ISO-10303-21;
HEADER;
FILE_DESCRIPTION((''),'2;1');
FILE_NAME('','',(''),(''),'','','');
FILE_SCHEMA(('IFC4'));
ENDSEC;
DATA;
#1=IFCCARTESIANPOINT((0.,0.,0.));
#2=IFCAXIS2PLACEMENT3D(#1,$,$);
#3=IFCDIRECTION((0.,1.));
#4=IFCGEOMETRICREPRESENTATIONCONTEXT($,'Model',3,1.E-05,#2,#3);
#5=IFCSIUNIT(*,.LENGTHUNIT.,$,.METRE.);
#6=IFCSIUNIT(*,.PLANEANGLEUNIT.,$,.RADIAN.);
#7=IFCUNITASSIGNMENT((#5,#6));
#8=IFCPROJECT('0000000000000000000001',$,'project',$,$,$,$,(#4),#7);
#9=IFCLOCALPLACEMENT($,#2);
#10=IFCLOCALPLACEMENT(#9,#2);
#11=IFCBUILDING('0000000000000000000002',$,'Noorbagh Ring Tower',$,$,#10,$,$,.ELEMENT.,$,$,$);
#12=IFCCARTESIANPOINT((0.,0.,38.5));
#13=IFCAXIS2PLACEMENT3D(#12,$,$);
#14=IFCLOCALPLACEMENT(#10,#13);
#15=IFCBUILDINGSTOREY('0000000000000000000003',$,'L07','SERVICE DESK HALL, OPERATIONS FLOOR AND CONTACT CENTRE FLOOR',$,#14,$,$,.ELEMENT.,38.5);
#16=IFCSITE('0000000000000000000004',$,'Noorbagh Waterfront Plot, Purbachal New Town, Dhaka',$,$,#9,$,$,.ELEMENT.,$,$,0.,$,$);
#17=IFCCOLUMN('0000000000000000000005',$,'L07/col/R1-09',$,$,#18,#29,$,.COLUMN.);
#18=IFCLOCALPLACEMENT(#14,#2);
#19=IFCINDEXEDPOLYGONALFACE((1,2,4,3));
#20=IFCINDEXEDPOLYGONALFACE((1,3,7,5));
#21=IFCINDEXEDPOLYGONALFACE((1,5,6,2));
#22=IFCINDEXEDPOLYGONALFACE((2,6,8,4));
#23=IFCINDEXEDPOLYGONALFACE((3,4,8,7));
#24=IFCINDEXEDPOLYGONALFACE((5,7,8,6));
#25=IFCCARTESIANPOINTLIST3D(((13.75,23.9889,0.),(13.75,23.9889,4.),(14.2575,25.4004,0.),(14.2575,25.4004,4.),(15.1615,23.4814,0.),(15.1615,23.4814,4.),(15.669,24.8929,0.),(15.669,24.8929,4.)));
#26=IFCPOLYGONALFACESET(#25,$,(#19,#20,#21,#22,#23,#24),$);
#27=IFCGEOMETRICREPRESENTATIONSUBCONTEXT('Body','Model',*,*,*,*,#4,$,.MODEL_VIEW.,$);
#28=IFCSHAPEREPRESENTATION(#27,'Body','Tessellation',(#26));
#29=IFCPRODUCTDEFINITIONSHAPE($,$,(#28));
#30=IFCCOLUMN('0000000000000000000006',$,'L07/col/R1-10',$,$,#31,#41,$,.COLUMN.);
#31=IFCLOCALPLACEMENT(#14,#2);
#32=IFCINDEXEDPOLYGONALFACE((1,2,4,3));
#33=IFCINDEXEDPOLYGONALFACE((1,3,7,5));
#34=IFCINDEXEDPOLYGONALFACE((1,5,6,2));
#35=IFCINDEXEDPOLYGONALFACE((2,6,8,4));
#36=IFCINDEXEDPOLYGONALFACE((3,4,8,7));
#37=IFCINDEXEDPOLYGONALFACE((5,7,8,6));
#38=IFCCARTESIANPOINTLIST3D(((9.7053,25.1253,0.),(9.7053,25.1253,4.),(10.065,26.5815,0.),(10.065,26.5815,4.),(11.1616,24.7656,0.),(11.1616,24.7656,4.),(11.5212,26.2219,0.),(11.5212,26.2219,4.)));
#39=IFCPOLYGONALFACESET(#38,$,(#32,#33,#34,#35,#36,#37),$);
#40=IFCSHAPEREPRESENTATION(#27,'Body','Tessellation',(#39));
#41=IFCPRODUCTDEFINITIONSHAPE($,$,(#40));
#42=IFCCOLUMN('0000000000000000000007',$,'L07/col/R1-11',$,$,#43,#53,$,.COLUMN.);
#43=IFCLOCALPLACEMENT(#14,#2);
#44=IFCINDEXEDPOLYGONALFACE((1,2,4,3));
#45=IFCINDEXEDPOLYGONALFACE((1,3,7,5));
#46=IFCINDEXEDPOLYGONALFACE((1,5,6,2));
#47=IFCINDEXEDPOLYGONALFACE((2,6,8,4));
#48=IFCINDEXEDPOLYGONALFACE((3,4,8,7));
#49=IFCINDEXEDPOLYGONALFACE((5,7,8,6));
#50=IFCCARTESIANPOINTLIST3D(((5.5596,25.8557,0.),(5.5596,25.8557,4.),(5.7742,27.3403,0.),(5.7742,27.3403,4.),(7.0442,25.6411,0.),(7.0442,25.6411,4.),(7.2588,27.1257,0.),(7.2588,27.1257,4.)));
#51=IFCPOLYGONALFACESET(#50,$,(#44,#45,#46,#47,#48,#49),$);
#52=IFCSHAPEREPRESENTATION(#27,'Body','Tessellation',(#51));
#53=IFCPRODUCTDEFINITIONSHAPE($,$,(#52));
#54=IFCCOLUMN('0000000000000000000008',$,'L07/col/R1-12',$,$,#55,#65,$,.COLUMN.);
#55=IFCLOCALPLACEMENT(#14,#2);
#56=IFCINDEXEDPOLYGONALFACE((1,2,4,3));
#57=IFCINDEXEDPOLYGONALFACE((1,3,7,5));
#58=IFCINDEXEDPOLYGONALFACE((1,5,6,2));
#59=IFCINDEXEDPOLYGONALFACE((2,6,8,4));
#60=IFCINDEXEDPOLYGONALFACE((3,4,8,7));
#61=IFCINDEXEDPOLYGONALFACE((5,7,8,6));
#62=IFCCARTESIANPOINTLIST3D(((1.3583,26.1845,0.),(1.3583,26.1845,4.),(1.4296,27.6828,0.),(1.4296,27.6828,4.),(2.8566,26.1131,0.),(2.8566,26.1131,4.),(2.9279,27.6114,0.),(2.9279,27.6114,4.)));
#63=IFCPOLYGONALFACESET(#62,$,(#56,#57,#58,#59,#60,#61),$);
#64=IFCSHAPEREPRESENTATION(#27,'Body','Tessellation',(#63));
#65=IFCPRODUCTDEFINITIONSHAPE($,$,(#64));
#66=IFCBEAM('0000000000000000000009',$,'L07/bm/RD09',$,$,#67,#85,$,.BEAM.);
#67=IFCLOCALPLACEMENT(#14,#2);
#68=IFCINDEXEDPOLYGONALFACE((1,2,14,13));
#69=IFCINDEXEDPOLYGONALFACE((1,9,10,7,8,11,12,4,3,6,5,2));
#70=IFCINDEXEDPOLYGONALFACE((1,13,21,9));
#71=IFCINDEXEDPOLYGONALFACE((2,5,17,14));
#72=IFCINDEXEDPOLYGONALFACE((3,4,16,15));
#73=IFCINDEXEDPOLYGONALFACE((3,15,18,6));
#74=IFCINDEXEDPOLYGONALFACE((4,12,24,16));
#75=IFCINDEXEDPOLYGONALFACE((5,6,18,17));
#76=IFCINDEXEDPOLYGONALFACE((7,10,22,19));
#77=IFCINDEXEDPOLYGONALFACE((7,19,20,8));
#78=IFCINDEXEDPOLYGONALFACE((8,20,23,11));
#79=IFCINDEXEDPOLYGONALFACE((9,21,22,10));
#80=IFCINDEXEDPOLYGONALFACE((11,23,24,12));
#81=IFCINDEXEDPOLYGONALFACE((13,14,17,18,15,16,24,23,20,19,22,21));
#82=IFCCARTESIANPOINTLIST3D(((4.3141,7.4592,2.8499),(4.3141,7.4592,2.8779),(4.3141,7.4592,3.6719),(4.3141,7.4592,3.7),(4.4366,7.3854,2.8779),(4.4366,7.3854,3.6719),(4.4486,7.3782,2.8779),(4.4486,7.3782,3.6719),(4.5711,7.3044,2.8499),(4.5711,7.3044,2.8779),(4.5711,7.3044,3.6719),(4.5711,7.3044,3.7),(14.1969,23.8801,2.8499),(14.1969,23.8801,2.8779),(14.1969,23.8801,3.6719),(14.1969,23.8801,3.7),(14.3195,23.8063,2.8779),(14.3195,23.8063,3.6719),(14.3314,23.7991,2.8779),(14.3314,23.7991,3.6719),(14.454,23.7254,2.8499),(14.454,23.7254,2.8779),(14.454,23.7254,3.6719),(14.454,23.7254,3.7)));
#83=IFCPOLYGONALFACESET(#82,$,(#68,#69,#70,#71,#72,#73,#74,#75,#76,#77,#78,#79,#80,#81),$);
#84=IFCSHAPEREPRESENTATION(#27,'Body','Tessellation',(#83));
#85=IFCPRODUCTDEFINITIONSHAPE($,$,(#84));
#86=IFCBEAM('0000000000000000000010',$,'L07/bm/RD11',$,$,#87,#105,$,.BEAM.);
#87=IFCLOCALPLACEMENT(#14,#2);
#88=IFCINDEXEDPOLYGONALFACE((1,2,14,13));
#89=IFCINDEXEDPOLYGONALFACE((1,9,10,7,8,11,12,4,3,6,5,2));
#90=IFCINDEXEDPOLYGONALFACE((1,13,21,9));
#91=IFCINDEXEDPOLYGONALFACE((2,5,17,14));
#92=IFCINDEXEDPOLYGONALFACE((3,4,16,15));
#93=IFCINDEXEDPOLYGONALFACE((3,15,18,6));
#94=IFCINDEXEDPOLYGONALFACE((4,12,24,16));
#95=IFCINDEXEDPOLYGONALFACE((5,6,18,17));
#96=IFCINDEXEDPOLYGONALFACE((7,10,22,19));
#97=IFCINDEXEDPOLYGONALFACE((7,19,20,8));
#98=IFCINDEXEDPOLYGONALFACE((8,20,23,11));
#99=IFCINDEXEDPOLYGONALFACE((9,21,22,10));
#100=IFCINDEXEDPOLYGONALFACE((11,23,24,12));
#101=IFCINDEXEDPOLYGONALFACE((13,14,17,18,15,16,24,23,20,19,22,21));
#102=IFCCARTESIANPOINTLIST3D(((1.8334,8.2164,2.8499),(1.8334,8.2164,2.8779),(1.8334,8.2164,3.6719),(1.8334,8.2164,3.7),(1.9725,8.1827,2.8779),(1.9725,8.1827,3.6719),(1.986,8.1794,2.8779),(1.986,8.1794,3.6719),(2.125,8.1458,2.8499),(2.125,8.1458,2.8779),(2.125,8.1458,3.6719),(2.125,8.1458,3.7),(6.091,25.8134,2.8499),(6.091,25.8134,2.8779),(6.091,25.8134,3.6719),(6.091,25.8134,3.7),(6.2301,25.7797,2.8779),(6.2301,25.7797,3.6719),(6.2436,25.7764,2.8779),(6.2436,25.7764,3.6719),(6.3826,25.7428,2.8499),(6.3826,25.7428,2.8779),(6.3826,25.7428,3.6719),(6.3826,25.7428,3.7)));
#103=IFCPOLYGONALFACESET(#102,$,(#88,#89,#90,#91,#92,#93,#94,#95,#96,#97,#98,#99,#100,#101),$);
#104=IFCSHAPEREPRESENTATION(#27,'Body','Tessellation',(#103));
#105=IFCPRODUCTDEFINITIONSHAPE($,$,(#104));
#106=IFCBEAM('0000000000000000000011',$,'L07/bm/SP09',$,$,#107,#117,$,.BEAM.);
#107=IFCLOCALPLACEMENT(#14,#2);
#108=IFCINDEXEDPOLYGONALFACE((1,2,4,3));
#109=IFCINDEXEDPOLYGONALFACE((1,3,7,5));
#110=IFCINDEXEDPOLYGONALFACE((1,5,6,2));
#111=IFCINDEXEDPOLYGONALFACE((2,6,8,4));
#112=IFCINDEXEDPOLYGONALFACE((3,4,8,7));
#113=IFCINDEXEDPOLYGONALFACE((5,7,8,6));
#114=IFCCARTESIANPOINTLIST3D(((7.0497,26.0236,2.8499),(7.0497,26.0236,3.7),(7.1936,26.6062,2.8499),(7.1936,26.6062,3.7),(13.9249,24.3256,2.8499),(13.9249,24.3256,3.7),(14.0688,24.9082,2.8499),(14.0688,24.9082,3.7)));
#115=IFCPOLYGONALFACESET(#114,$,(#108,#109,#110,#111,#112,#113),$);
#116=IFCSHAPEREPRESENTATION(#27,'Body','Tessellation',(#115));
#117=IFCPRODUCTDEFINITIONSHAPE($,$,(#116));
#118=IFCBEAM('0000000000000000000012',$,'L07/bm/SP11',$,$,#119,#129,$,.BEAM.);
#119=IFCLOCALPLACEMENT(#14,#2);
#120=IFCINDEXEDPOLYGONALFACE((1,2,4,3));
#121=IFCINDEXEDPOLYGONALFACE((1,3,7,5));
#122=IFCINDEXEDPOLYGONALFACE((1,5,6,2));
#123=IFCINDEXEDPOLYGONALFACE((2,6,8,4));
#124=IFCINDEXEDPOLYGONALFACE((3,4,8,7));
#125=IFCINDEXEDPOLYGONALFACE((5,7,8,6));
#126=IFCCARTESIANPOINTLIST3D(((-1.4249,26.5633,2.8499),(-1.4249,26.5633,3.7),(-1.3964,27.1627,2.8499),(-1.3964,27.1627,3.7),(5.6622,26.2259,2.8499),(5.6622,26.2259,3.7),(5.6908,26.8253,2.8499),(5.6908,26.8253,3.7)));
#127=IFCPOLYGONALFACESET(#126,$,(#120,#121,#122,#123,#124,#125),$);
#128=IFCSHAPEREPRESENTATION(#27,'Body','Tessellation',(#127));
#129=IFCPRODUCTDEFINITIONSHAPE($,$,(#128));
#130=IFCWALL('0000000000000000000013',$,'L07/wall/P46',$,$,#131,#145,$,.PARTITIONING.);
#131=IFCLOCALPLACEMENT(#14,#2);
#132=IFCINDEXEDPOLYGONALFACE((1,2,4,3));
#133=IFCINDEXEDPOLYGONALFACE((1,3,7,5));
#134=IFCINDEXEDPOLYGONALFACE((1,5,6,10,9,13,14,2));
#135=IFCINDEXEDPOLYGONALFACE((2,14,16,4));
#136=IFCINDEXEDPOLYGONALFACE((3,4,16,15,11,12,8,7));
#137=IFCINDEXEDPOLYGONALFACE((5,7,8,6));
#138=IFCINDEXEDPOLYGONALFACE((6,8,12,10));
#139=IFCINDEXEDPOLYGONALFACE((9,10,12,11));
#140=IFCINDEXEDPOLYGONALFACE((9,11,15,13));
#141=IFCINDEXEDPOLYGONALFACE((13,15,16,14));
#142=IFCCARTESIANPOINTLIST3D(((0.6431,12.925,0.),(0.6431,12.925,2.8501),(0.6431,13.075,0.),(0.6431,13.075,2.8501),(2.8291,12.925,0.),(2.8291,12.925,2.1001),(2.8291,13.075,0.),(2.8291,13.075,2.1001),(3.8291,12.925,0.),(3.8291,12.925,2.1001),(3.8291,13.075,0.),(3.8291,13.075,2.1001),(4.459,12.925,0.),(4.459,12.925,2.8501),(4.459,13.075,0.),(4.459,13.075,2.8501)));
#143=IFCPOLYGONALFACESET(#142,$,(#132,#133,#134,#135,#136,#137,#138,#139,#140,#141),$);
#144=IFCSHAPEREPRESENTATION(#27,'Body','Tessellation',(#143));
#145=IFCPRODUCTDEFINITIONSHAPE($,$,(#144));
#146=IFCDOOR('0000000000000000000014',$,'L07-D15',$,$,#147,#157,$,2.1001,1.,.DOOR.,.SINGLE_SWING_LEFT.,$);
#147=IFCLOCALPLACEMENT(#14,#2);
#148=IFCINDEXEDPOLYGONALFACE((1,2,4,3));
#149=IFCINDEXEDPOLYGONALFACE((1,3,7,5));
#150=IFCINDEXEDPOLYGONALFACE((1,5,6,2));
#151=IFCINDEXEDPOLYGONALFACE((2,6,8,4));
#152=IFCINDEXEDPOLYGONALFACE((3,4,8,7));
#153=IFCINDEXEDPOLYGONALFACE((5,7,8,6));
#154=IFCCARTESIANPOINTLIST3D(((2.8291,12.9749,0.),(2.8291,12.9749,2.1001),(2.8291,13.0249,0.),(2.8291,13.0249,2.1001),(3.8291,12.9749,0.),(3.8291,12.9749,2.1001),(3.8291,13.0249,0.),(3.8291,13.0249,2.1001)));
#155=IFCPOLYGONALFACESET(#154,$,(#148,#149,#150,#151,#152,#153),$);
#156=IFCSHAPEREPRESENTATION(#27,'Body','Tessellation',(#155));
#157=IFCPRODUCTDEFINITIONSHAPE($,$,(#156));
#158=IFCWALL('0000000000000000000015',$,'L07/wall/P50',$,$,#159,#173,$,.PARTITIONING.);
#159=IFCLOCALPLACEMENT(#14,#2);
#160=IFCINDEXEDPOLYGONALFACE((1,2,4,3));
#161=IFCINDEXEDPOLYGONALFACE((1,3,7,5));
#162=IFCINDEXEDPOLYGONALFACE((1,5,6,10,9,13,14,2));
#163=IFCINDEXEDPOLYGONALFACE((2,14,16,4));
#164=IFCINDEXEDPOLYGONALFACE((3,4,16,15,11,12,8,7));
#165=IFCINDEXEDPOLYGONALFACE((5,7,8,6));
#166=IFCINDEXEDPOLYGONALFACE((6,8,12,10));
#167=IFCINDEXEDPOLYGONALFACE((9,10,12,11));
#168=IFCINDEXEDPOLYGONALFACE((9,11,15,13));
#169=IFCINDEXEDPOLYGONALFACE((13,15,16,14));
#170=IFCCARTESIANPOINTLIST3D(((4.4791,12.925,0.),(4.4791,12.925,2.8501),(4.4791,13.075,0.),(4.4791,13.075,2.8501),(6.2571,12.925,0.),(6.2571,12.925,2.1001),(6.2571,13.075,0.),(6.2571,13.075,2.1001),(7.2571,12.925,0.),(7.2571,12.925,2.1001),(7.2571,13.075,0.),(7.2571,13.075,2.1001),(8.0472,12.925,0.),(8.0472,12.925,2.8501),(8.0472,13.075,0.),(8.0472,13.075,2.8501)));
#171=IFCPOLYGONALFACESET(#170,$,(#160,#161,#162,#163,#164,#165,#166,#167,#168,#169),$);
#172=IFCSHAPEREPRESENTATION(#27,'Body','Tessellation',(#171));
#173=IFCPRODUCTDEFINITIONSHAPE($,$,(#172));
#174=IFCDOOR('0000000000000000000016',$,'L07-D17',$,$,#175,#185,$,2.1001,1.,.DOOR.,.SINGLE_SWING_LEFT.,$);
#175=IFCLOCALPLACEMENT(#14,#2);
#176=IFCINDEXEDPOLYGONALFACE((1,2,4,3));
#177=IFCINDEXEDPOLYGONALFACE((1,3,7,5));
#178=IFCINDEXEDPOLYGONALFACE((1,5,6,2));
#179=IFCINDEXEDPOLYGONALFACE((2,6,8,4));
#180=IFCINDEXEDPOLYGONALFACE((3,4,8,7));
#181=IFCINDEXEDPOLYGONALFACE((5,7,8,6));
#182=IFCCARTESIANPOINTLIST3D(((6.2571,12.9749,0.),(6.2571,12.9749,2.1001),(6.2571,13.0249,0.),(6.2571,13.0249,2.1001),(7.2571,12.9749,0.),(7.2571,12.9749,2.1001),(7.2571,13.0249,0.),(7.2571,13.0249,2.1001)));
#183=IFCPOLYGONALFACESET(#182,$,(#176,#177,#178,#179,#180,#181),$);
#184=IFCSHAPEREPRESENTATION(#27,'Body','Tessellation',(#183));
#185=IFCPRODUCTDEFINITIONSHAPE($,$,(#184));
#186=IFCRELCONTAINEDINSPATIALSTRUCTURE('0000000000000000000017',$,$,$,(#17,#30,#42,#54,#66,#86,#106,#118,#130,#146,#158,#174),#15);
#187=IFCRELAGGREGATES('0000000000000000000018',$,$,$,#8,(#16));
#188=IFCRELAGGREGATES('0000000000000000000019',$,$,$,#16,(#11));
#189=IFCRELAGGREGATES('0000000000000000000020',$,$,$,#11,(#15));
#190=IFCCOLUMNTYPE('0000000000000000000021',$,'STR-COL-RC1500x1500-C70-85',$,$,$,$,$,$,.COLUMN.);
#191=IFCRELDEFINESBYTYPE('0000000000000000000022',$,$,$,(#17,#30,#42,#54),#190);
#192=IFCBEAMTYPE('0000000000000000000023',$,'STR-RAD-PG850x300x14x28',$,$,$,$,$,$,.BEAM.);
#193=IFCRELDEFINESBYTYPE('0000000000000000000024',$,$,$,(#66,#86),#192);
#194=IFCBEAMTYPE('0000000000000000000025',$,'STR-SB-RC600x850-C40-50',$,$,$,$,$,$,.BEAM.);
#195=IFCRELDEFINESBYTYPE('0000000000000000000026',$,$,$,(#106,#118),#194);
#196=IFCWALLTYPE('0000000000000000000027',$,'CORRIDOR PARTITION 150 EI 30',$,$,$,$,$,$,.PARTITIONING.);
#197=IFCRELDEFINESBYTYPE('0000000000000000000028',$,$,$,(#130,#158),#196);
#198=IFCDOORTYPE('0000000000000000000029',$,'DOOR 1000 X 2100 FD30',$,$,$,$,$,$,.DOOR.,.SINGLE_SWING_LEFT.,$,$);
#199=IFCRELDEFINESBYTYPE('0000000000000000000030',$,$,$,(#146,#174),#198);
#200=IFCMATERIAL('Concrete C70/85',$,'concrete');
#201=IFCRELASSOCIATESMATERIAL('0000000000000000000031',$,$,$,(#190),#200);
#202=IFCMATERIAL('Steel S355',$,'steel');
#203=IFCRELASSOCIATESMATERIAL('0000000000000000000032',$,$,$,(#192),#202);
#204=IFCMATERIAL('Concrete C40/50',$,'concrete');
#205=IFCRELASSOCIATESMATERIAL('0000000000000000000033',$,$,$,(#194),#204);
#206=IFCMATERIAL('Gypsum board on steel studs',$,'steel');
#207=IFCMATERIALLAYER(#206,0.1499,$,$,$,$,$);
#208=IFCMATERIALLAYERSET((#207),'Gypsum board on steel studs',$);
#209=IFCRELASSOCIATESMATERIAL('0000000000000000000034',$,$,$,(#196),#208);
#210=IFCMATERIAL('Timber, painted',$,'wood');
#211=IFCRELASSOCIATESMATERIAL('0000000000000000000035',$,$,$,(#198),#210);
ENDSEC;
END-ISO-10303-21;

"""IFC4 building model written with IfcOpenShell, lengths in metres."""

from ifc_helpers import new_model, si_unit, direction, frame, frame_2d, origin, origin_2d, place, context, subcontext, project, spatial, rectangle, i_section, extrude, material, layer, layer_set, material_profile, profile_set, type_object, element, fill, save


model = new_model("IFC4")

# Units and contexts
model_context = context("Model", 3, precision=1e-05, world=origin(), true_north=direction((0.0, 1.0)))
body_context = subcontext(model_context, "Body", "Model", "MODEL_VIEW")
ifc_project = project(units=[si_unit("LENGTHUNIT", "METRE"), si_unit("PLANEANGLEUNIT", "RADIAN")], contexts=[model_context])

# Site, building, storey
site_placement = place(None, origin())
site = spatial("IfcSite", under=ifc_project, at=site_placement, Name="Noorbagh Waterfront Plot, Purbachal New Town, Dhaka", CompositionType="ELEMENT", RefElevation=0.0)
building_placement = place(site_placement, origin())
building = spatial("IfcBuilding", under=site, at=building_placement, Name="Noorbagh Ring Tower", CompositionType="ELEMENT")
storey_placement = place(building_placement, frame((0.0, 0.0, 38.5)))
storey = spatial("IfcBuildingStorey", under=building, at=storey_placement, Name="L07", Description="SERVICE DESK HALL, OPERATIONS FLOOR AND CONTACT CENTRE FLOOR", CompositionType="ELEMENT", Elevation=38.5)

# Columns
ifc_material_1 = material(Name="Concrete C70/85", Category="concrete")
ifc_material_profile_1 = material_profile(ifc_material_1, rectangle(XDim=1.5, YDim=1.5, at=origin_2d()), Name="RC1500x1500")
ifc_profile_set_1 = profile_set([ifc_material_profile_1], Name="Concrete C70/85")
column_type = type_object("IfcColumnType", Name="STR-COL-RC1500x1500-C70-85", PredefinedType="COLUMN", material=ifc_profile_set_1)
for number, where, z_axis, x_axis, name in (
    (1, (14.7095, 24.4409, 0.0), (0.0, 0.0, 1.0), (-0.941025, 0.338338, 0.0), "L07/col/R1-09"),
    (2, (10.6133, 25.6736, 0.0), (0.0, 0.0, 1.0), (-0.970829, 0.239771, 0.0), "L07/col/R1-10"),
    (3, (6.4092, 26.4907, 0.0), (0.0, 0.0, 1.0), (-0.989713, 0.143066, 0.0), "L07/col/R1-11"),
    (4, (2.1431, 26.8979, 0.0), (0.0, 0.0, 1.0), (-0.998869, 0.047553, 0.0), "L07/col/R1-12"),
):
    element("IfcColumn", number, at=place(storey_placement, frame(where, z_axis=z_axis, x_axis=x_axis)), inside=storey, type_object=column_type, Name=name, PredefinedType="COLUMN", context=body_context, shape_type="SweptSolid", body=[
        extrude(rectangle(XDim=1.5, YDim=1.5, at=origin_2d()), origin(), (0.0, 0.0, 1.0), 4.0),
    ])

# Beams
ifc_material_2 = material(Name="Steel S355", Category="steel")
ifc_material_profile_2 = material_profile(ifc_material_2, i_section(OverallWidth=0.3, OverallDepth=0.8501, WebThickness=0.0139, FlangeThickness=0.0281, at=origin_2d()), Name="PG850x300x14x28")
ifc_profile_set_2 = profile_set([ifc_material_profile_2], Name="Steel S355")
beam_type_1 = type_object("IfcBeamType", Name="STR-RAD-PG850x300x14x28", PredefinedType="BEAM", material=ifc_profile_set_2)
beam_1_placement = place(storey_placement, frame((14.3254, 23.8027, 3.2749), z_axis=(-0.515657, -0.856795, 0.0), x_axis=(0.856795, -0.515657, 0.0)))
element("IfcBeam", 5, at=beam_1_placement, inside=storey, type_object=beam_type_1, Name="L07/bm/RD09", PredefinedType="BEAM", context=body_context, shape_type="SweptSolid", body=[
    extrude(i_section(OverallWidth=0.3, OverallDepth=0.8501, WebThickness=0.0139, FlangeThickness=0.0281, at=origin_2d()), origin(), (0.0, 0.0, 1.0), 19.1655),
])
beam_2_placement = place(storey_placement, frame((6.2368, 25.7781, 3.2749), z_axis=(-0.235164, -0.971956, 0.0), x_axis=(0.971956, -0.235164, 0.0)))
element("IfcBeam", 6, at=beam_2_placement, inside=storey, type_object=beam_type_1, Name="L07/bm/RD11", PredefinedType="BEAM", context=body_context, shape_type="SweptSolid", body=[
    extrude(i_section(OverallWidth=0.3, OverallDepth=0.8501, WebThickness=0.0139, FlangeThickness=0.0281, at=origin_2d()), origin(), (0.0, 0.0, 1.0), 18.1047),
])
ifc_material_3 = material(Name="Concrete C40/50", Category="concrete")
ifc_material_profile_3 = material_profile(ifc_material_3, rectangle(XDim=0.6001, YDim=0.8501, at=origin_2d()), Name="RC600x850")
ifc_profile_set_3 = profile_set([ifc_material_profile_3], Name="Concrete C40/50")
beam_type_2 = type_object("IfcBeamType", Name="STR-SB-RC600x850-C40-50", PredefinedType="BEAM", material=ifc_profile_set_3)
beam_3_placement = place(storey_placement, frame((13.9968, 24.6169, 3.2749), z_axis=(-0.97083, 0.239769, 0.0), x_axis=(-0.239769, -0.97083, 0.0)))
element("IfcBeam", 7, at=beam_3_placement, inside=storey, type_object=beam_type_2, Name="L07/bm/SP09", PredefinedType="BEAM", context=body_context, shape_type="SweptSolid", body=[
    extrude(rectangle(XDim=0.6001, YDim=0.8501, at=origin_2d()), origin(), (0.0, 0.0, 1.0), 7.0818),
])
beam_4_placement = place(storey_placement, frame((5.6765, 26.5256, 3.2749), z_axis=(-0.998869, 0.047554, 0.0), x_axis=(-0.047554, -0.998869, 0.0)))
element("IfcBeam", 8, at=beam_4_placement, inside=storey, type_object=beam_type_2, Name="L07/bm/SP11", PredefinedType="BEAM", context=body_context, shape_type="SweptSolid", body=[
    extrude(rectangle(XDim=0.6001, YDim=0.8501, at=origin_2d()), origin(), (0.0, 0.0, 1.0), 7.0952),
])

# Walls, openings, doors
ifc_material_4 = material(Name="Gypsum board on steel studs", Category="steel")
ifc_layer_1 = layer(ifc_material_4, 0.1499)
ifc_layer_set_1 = layer_set([ifc_layer_1], Name="Gypsum board on steel studs")
wall_type_1 = type_object("IfcWallType", Name="CORRIDOR PARTITION 150 EI 30", PredefinedType="PARTITIONING", material=ifc_layer_set_1)
wall_1_placement = place(storey_placement, frame((0.6431, 13.0, 0.0), z_axis=(0.0, 0.0, 1.0), x_axis=(1.0, 0.0, 0.0)))
wall_1 = element("IfcWall", 9, at=wall_1_placement, inside=storey, type_object=wall_type_1, Name="L07/wall/P46", PredefinedType="PARTITIONING", context=body_context, shape_type="SweptSolid", body=[
    extrude(rectangle(XDim=3.8159, YDim=0.1499, at=frame_2d((1.908, 0.0))), origin(), (0.0, 0.0, 1.0), 2.8501),
])
opening_1_placement = place(wall_1_placement, frame((2.186, 0.0, 0.0)))
opening_1 = element("IfcOpeningElement", 10, at=opening_1_placement, cuts=wall_1, PredefinedType="OPENING", context=body_context, shape_type="SweptSolid", body=[
    extrude(rectangle(XDim=1.0, YDim=2.1001, at=frame_2d((0.5, 1.05))), frame((0.0, 0.085, 0.0), z_axis=(0.0, -1.0, 0.0), x_axis=(1.0, 0.0, 0.0)), (0.0, 0.0, 1.0), 0.1699),
])
ifc_material_5 = material(Name="Timber, painted", Category="wood")
door_type = type_object("IfcDoorType", Name="DOOR 1000 X 2100 FD30", OperationType="SINGLE_SWING_LEFT", PredefinedType="DOOR", material=ifc_material_5)
door_1_placement = place(opening_1_placement, origin())
door_1 = element("IfcDoor", 11, at=door_1_placement, inside=storey, type_object=door_type, Name="L07-D15", OperationType="SINGLE_SWING_LEFT", OverallHeight=2.1001, OverallWidth=1.0, PredefinedType="DOOR", context=body_context, shape_type="SweptSolid", body=[
    extrude(rectangle(XDim=1.0, YDim=2.1001, at=frame_2d((0.5, 1.05))), frame((0.0, 0.0249, 0.0), z_axis=(0.0, -1.0, 0.0), x_axis=(1.0, 0.0, 0.0)), (0.0, 0.0, 1.0), 0.05),
])
fill(opening_1, door_1)
wall_2_placement = place(storey_placement, frame((4.479, 13.0, 0.0), z_axis=(0.0, 0.0, 1.0), x_axis=(1.0, 0.0, 0.0)))
wall_2 = element("IfcWall", 12, at=wall_2_placement, inside=storey, type_object=wall_type_1, Name="L07/wall/P50", PredefinedType="PARTITIONING", context=body_context, shape_type="SweptSolid", body=[
    extrude(rectangle(XDim=3.5681, YDim=0.1499, at=frame_2d((1.7842, 0.0))), origin(), (0.0, 0.0, 1.0), 2.8501),
])
opening_2_placement = place(wall_2_placement, frame((1.7781, 0.0, 0.0)))
opening_2 = element("IfcOpeningElement", 13, at=opening_2_placement, cuts=wall_2, PredefinedType="OPENING", context=body_context, shape_type="SweptSolid", body=[
    extrude(rectangle(XDim=1.0, YDim=2.1001, at=frame_2d((0.5, 1.05))), frame((0.0, 0.085, 0.0), z_axis=(0.0, -1.0, 0.0), x_axis=(1.0, 0.0, 0.0)), (0.0, 0.0, 1.0), 0.1699),
])
door_2_placement = place(opening_2_placement, origin())
door_2 = element("IfcDoor", 14, at=door_2_placement, inside=storey, type_object=door_type, Name="L07-D17", OperationType="SINGLE_SWING_LEFT", OverallHeight=2.1001, OverallWidth=1.0, PredefinedType="DOOR", context=body_context, shape_type="SweptSolid", body=[
    extrude(rectangle(XDim=1.0, YDim=2.1001, at=frame_2d((0.5, 1.05))), frame((0.0, 0.0249, 0.0), z_axis=(0.0, -1.0, 0.0), x_axis=(1.0, 0.0, 0.0)), (0.0, 0.0, 1.0), 0.05),
])
fill(opening_2, door_2)

save(model, "model.ifc")
